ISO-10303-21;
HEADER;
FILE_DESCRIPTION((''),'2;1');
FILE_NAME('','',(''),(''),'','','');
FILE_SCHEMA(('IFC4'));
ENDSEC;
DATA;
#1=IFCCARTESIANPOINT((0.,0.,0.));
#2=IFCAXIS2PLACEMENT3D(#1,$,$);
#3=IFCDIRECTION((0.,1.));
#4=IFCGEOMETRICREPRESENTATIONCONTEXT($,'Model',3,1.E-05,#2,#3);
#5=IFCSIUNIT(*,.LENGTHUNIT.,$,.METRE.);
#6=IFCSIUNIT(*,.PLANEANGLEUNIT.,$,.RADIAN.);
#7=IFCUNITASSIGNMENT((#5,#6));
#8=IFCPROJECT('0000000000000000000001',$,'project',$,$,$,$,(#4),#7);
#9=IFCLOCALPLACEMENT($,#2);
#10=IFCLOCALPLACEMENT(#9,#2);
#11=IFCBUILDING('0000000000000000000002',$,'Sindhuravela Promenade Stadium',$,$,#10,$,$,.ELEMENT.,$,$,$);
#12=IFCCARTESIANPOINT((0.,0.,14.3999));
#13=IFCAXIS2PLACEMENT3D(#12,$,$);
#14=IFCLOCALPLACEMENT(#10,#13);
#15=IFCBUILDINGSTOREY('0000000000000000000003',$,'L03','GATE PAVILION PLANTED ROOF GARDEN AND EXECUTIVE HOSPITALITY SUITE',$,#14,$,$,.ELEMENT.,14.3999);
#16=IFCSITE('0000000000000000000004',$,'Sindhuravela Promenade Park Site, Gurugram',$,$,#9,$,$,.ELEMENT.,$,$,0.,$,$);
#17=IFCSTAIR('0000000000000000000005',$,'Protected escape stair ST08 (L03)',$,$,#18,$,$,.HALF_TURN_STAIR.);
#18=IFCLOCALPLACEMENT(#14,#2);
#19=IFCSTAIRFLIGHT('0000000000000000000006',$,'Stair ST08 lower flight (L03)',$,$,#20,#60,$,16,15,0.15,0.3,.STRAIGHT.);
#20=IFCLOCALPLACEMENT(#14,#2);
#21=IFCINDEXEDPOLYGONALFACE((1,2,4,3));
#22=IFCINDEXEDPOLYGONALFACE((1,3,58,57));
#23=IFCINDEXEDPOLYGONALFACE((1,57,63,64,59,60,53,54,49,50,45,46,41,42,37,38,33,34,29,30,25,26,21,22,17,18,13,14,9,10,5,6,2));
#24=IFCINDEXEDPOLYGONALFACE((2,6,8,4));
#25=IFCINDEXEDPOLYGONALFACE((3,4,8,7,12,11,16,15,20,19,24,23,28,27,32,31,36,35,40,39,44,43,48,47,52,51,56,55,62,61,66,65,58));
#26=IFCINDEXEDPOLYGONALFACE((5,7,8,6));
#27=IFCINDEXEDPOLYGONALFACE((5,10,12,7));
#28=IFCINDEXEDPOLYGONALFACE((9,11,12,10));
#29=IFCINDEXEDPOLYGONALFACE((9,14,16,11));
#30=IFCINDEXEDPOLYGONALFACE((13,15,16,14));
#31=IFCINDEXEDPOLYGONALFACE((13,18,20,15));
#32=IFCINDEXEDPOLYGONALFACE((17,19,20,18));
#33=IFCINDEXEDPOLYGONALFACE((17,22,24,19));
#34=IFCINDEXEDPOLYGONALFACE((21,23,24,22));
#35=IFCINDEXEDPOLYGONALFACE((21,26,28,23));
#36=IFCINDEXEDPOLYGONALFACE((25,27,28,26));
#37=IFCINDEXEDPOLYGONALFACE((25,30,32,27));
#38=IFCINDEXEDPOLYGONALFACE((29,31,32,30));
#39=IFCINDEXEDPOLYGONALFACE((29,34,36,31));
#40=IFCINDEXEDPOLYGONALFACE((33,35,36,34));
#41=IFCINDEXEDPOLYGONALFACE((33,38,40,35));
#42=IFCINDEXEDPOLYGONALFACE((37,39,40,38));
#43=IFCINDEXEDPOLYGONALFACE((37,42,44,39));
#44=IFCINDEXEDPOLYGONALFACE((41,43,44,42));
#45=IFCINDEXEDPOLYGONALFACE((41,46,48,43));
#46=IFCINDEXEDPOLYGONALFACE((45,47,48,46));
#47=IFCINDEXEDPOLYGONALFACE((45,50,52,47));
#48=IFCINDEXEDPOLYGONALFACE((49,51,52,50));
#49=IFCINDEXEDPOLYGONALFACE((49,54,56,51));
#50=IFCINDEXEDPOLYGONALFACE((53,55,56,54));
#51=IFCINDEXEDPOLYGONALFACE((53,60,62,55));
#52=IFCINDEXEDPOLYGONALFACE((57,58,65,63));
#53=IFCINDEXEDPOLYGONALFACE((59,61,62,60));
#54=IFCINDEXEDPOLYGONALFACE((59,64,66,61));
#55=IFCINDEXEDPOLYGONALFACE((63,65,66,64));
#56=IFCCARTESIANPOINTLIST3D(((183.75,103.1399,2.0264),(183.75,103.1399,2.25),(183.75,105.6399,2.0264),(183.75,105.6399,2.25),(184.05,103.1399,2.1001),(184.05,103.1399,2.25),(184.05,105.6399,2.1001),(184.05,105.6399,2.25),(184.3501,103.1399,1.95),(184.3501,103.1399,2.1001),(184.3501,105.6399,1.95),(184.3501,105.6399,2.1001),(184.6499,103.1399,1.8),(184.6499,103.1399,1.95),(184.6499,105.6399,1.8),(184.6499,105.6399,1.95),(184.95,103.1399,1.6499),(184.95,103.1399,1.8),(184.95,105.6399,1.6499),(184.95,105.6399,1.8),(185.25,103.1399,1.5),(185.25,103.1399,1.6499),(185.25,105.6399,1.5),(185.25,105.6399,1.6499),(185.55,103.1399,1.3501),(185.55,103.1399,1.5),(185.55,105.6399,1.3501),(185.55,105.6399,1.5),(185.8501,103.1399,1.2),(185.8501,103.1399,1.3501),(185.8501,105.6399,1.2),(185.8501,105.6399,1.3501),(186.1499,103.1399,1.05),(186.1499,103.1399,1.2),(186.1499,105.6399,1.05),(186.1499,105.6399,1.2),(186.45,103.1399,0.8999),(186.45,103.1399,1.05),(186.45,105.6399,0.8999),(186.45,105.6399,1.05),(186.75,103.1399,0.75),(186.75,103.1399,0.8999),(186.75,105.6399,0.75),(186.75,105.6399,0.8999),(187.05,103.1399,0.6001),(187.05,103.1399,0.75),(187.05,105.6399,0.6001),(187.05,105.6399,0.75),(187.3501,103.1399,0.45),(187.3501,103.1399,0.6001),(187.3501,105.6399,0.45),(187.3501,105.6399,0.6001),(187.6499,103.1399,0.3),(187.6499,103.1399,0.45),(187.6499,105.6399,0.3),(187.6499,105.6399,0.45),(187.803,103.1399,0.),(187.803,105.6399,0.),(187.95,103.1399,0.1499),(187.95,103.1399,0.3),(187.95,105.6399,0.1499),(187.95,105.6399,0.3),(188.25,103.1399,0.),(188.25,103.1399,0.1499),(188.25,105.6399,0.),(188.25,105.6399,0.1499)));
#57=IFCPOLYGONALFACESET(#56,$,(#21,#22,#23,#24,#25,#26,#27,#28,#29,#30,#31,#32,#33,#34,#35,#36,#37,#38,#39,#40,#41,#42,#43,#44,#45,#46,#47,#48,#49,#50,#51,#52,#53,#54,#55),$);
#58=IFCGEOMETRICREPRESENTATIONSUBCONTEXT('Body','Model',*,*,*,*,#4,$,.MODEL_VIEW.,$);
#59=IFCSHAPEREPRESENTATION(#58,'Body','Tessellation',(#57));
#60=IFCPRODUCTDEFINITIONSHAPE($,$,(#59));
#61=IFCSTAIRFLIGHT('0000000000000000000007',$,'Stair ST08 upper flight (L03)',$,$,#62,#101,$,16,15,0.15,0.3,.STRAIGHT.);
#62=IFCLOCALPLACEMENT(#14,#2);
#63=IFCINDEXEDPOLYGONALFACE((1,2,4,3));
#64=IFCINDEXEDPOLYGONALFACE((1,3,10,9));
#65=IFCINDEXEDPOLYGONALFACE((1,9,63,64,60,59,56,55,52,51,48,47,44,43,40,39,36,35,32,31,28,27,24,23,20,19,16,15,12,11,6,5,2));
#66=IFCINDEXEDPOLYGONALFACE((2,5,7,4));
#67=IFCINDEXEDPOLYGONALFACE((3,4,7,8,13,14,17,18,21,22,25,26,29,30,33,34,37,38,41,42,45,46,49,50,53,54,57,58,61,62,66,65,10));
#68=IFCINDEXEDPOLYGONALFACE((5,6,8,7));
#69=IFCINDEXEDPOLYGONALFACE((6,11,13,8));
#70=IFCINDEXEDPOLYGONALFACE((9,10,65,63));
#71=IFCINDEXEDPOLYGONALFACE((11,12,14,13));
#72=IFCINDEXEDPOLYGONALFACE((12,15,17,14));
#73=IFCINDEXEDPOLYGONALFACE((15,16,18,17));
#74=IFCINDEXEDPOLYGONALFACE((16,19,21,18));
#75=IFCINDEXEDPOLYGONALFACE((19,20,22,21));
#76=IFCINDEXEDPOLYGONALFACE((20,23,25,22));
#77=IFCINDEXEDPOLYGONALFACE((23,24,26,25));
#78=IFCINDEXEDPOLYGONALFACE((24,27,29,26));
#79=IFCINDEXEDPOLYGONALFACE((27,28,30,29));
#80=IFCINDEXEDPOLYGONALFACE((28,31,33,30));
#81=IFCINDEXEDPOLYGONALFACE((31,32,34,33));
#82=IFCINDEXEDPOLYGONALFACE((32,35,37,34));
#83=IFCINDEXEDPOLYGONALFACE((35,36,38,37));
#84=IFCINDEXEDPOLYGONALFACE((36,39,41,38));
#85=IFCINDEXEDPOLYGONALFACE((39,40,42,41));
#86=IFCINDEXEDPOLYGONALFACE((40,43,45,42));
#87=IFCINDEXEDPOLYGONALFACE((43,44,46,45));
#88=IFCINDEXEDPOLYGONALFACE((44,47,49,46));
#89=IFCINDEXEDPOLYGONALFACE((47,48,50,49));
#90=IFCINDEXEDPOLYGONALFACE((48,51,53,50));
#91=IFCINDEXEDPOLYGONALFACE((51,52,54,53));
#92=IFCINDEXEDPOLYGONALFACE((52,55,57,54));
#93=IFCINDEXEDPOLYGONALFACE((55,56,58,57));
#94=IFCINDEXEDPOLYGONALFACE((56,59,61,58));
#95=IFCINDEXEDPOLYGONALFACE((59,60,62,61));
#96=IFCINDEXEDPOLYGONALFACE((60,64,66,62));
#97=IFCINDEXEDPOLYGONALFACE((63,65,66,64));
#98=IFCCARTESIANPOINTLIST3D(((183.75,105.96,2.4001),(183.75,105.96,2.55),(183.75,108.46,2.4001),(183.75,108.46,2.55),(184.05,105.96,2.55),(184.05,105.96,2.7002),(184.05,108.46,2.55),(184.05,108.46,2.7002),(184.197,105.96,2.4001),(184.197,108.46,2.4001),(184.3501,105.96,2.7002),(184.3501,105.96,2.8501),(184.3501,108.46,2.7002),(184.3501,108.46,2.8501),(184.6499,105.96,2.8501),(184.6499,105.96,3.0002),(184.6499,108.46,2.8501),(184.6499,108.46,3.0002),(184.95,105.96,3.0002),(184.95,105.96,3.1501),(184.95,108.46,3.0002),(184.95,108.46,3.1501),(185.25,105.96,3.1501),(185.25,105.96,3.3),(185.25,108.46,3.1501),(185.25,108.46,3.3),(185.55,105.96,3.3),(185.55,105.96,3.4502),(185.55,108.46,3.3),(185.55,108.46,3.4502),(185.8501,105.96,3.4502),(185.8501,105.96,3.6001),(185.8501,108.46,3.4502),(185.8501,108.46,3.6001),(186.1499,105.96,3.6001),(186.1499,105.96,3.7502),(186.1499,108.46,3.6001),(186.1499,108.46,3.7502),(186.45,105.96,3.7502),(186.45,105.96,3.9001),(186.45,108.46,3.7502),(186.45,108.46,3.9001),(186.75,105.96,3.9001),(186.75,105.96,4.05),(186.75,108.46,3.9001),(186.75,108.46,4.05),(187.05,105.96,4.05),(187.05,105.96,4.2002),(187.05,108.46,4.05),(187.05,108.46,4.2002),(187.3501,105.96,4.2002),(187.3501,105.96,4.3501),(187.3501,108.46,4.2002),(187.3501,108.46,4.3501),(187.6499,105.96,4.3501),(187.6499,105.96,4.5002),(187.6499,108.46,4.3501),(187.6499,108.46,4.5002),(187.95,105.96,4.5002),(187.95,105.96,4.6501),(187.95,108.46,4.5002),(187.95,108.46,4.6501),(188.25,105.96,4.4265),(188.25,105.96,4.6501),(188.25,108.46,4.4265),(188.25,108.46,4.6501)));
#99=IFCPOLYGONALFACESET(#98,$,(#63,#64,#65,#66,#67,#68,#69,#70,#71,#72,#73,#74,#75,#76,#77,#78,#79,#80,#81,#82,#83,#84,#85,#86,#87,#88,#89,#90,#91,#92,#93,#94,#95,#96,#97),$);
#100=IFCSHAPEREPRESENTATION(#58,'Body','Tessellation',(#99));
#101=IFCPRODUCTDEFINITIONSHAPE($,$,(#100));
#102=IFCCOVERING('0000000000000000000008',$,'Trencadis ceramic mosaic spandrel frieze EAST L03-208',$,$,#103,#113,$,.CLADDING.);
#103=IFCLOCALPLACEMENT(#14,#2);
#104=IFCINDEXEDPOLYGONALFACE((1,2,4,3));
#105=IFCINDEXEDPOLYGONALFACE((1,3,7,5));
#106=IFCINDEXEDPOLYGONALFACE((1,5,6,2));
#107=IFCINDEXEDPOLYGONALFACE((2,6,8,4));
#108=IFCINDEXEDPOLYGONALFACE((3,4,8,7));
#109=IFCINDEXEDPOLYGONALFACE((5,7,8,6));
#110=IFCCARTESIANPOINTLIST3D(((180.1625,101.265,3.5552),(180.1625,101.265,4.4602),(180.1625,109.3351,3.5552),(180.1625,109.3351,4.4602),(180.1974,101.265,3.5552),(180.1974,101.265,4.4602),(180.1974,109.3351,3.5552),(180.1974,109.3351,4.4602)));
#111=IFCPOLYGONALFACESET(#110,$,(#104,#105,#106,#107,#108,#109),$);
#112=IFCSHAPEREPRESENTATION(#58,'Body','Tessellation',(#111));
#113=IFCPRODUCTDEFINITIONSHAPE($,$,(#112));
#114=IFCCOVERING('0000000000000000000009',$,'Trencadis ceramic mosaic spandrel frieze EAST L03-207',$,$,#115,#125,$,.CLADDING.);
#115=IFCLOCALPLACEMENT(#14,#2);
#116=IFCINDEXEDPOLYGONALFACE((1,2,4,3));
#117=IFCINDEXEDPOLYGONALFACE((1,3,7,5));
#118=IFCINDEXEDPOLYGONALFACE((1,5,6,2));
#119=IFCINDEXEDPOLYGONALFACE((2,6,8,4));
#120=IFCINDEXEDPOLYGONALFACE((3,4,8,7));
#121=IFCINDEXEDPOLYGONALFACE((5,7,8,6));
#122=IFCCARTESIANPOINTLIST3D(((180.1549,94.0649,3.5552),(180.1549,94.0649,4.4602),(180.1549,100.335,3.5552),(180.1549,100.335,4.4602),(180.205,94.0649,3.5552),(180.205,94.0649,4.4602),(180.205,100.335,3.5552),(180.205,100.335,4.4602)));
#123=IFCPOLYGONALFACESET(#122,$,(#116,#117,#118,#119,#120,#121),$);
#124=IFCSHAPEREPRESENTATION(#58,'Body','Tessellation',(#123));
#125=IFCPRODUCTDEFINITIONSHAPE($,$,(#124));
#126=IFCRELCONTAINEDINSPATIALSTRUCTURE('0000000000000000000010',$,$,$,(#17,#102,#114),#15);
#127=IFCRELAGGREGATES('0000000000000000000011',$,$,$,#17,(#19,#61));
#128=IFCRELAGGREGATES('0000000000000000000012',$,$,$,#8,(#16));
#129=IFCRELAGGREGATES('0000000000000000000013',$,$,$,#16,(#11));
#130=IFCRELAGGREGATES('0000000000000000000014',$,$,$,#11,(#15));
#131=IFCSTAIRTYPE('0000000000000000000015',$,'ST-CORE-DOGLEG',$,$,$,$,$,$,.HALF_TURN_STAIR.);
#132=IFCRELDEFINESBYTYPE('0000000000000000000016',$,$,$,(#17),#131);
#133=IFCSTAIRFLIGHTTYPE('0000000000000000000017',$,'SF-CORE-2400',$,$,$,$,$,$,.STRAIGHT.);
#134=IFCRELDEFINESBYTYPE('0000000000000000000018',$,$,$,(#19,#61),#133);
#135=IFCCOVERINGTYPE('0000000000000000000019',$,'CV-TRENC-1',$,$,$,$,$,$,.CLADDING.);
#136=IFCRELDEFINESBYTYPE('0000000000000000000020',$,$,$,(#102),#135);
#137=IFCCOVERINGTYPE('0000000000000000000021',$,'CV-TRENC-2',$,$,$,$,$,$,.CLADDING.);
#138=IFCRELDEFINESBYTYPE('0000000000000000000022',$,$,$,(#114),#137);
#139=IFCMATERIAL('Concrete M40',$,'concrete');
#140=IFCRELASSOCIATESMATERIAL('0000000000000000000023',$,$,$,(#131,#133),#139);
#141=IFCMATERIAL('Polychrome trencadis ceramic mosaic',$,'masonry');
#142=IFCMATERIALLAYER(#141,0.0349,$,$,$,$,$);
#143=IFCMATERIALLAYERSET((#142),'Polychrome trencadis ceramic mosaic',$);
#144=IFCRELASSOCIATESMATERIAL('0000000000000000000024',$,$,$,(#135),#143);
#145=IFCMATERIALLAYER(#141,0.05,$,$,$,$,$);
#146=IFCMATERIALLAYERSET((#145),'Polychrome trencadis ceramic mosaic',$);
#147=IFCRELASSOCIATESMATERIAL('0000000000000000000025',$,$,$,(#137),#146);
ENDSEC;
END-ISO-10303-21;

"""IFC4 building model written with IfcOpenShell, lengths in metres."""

from ifc_helpers import new_model, si_unit, direction, frame, origin, origin_2d, place, context, subcontext, project, spatial, polyline, rectangle, outline, extrude, material, layer, layer_set, type_object, element, aggregate, save


model = new_model("IFC4")

# Units and contexts
model_context = context("Model", 3, precision=1e-05, world=origin(), true_north=direction((0.0, 1.0)))
body_context = subcontext(model_context, "Body", "Model", "MODEL_VIEW")
ifc_project = project(units=[si_unit("LENGTHUNIT", "METRE"), si_unit("PLANEANGLEUNIT", "RADIAN")], contexts=[model_context])

# Site, building, storey
site_placement = place(None, origin())
site = spatial("IfcSite", under=ifc_project, at=site_placement, Name="Sindhuravela Promenade Park Site, Gurugram", CompositionType="ELEMENT", RefElevation=0.0)
building_placement = place(site_placement, origin())
building = spatial("IfcBuilding", under=site, at=building_placement, Name="Sindhuravela Promenade Stadium", CompositionType="ELEMENT")
storey_placement = place(building_placement, frame((0.0, 0.0, 14.3999)))
storey = spatial("IfcBuildingStorey", under=building, at=storey_placement, Name="L03", Description="GATE PAVILION PLANTED ROOF GARDEN AND EXECUTIVE HOSPITALITY SUITE", CompositionType="ELEMENT", Elevation=14.3999)

# Shared definitions
ifc_material_1 = material(Name="Concrete M40", Category="concrete")

# Stair, stair flights
stair_type = type_object("IfcStairType", Name="ST-CORE-DOGLEG", PredefinedType="HALF_TURN_STAIR", material=ifc_material_1)
stair_placement = place(storey_placement, origin())
stair = element("IfcStair", 1, at=stair_placement, inside=storey, type_object=stair_type, Name="Protected escape stair ST08 (L03)", PredefinedType="HALF_TURN_STAIR")
stair_flight_type = type_object("IfcStairFlightType", Name="SF-CORE-2400", PredefinedType="STRAIGHT", material=ifc_material_1)
stair_flight_1_placement = place(storey_placement, frame((188.25, 104.3899, 0.0), z_axis=(0.0, 0.0, 1.0), x_axis=(-1.0, 0.0, 0.0)))
stair_flight_1 = element("IfcStairFlight", 2, at=stair_flight_1_placement, type_object=stair_flight_type, Name="Stair ST08 lower flight (L03)", NumberOfRisers=16, NumberOfTreads=15, PredefinedType="STRAIGHT", RiserHeight=0.15, TreadLength=0.3, context=body_context, shape_type="SweptSolid", body=[
    extrude(outline(polyline([(0.0, 0.0), (0.0, 0.1499), (0.3, 0.1499), (0.3, 0.3), (0.6001, 0.3), (0.6001, 0.45), (0.8999, 0.45), (0.8999, 0.6001), (1.2, 0.6001), (1.2, 0.75), (1.5, 0.75), (1.5, 0.8999), (1.8, 0.8999), (1.8, 1.05), (2.1001, 1.05), (2.1001, 1.2), (2.3999, 1.2), (2.3999, 1.3501), (2.7, 1.3501), (2.7, 1.5), (3.0, 1.5), (3.0, 1.6499), (3.3, 1.6499), (3.3, 1.8), (3.6001, 1.8), (3.6001, 1.95), (3.8999, 1.95), (3.8999, 2.1001), (4.2, 2.1001), (4.2, 2.25), (4.5, 2.25), (4.5, 2.3999), (4.5, 2.0264), (0.447, 0.0), (0.0, 0.0)])), frame((0.0, 1.25, 0.0), z_axis=(0.0, -1.0, 0.0), x_axis=(1.0, 0.0, 0.0)), (0.0, 0.0, 1.0), 2.5),
])
stair_flight_2_placement = place(storey_placement, frame((183.75, 107.21, 2.4001), z_axis=(0.0, 0.0, 1.0), x_axis=(1.0, 0.0, 0.0)))
stair_flight_2 = element("IfcStairFlight", 3, at=stair_flight_2_placement, type_object=stair_flight_type, Name="Stair ST08 upper flight (L03)", NumberOfRisers=16, NumberOfTreads=15, PredefinedType="STRAIGHT", RiserHeight=0.15, TreadLength=0.3, context=body_context, shape_type="SweptSolid", body=[
    extrude(outline(polyline([(0.0, 0.0), (0.0, 0.1499), (0.3, 0.1499), (0.3, 0.3), (0.6001, 0.3), (0.6001, 0.45), (0.8999, 0.45), (0.8999, 0.6001), (1.2, 0.6001), (1.2, 0.75), (1.5, 0.75), (1.5, 0.8999), (1.8, 0.8999), (1.8, 1.05), (2.1001, 1.05), (2.1001, 1.2), (2.3999, 1.2), (2.3999, 1.3501), (2.7, 1.3501), (2.7, 1.5), (3.0, 1.5), (3.0, 1.6499), (3.3, 1.6499), (3.3, 1.8), (3.6001, 1.8), (3.6001, 1.95), (3.8999, 1.95), (3.8999, 2.1001), (4.2, 2.1001), (4.2, 2.25), (4.5, 2.25), (4.5, 2.3999), (4.5, 2.0264), (0.447, 0.0), (0.0, 0.0)])), frame((0.0, 1.25, 0.0), z_axis=(0.0, -1.0, 0.0), x_axis=(1.0, 0.0, 0.0)), (0.0, 0.0, 1.0), 2.5),
])
aggregate(stair, [stair_flight_1, stair_flight_2])

# Coverings
ifc_material_2 = material(Name="Polychrome trencadis ceramic mosaic", Category="masonry")
ifc_layer_1 = layer(ifc_material_2, 0.0349)
ifc_layer_set_1 = layer_set([ifc_layer_1], Name="Polychrome trencadis ceramic mosaic")
covering_type_1 = type_object("IfcCoveringType", Name="CV-TRENC-1", PredefinedType="CLADDING", material=ifc_layer_set_1)
covering_1_placement = place(storey_placement, frame((180.1799, 105.3, 3.5552), z_axis=(0.0, 0.0, 1.0), x_axis=(0.0, 1.0, 0.0)))
element("IfcCovering", 4, at=covering_1_placement, inside=storey, type_object=covering_type_1, Name="Trencadis ceramic mosaic spandrel frieze EAST L03-208", PredefinedType="CLADDING", context=body_context, shape_type="SweptSolid", body=[
    extrude(rectangle(XDim=8.0701, YDim=0.0349, at=origin_2d()), origin(), (0.0, 0.0, 1.0), 0.905),
])
ifc_layer_2 = layer(ifc_material_2, 0.05)
ifc_layer_set_2 = layer_set([ifc_layer_2], Name="Polychrome trencadis ceramic mosaic")
covering_type_2 = type_object("IfcCoveringType", Name="CV-TRENC-2", PredefinedType="CLADDING", material=ifc_layer_set_2)
covering_2_placement = place(storey_placement, frame((180.1799, 97.2, 3.5552), z_axis=(0.0, 0.0, 1.0), x_axis=(0.0, 1.0, 0.0)))
element("IfcCovering", 5, at=covering_2_placement, inside=storey, type_object=covering_type_2, Name="Trencadis ceramic mosaic spandrel frieze EAST L03-207", PredefinedType="CLADDING", context=body_context, shape_type="SweptSolid", body=[
    extrude(rectangle(XDim=6.27, YDim=0.05, at=origin_2d()), origin(), (0.0, 0.0, 1.0), 0.905),
])

save(model, "model.ifc")
